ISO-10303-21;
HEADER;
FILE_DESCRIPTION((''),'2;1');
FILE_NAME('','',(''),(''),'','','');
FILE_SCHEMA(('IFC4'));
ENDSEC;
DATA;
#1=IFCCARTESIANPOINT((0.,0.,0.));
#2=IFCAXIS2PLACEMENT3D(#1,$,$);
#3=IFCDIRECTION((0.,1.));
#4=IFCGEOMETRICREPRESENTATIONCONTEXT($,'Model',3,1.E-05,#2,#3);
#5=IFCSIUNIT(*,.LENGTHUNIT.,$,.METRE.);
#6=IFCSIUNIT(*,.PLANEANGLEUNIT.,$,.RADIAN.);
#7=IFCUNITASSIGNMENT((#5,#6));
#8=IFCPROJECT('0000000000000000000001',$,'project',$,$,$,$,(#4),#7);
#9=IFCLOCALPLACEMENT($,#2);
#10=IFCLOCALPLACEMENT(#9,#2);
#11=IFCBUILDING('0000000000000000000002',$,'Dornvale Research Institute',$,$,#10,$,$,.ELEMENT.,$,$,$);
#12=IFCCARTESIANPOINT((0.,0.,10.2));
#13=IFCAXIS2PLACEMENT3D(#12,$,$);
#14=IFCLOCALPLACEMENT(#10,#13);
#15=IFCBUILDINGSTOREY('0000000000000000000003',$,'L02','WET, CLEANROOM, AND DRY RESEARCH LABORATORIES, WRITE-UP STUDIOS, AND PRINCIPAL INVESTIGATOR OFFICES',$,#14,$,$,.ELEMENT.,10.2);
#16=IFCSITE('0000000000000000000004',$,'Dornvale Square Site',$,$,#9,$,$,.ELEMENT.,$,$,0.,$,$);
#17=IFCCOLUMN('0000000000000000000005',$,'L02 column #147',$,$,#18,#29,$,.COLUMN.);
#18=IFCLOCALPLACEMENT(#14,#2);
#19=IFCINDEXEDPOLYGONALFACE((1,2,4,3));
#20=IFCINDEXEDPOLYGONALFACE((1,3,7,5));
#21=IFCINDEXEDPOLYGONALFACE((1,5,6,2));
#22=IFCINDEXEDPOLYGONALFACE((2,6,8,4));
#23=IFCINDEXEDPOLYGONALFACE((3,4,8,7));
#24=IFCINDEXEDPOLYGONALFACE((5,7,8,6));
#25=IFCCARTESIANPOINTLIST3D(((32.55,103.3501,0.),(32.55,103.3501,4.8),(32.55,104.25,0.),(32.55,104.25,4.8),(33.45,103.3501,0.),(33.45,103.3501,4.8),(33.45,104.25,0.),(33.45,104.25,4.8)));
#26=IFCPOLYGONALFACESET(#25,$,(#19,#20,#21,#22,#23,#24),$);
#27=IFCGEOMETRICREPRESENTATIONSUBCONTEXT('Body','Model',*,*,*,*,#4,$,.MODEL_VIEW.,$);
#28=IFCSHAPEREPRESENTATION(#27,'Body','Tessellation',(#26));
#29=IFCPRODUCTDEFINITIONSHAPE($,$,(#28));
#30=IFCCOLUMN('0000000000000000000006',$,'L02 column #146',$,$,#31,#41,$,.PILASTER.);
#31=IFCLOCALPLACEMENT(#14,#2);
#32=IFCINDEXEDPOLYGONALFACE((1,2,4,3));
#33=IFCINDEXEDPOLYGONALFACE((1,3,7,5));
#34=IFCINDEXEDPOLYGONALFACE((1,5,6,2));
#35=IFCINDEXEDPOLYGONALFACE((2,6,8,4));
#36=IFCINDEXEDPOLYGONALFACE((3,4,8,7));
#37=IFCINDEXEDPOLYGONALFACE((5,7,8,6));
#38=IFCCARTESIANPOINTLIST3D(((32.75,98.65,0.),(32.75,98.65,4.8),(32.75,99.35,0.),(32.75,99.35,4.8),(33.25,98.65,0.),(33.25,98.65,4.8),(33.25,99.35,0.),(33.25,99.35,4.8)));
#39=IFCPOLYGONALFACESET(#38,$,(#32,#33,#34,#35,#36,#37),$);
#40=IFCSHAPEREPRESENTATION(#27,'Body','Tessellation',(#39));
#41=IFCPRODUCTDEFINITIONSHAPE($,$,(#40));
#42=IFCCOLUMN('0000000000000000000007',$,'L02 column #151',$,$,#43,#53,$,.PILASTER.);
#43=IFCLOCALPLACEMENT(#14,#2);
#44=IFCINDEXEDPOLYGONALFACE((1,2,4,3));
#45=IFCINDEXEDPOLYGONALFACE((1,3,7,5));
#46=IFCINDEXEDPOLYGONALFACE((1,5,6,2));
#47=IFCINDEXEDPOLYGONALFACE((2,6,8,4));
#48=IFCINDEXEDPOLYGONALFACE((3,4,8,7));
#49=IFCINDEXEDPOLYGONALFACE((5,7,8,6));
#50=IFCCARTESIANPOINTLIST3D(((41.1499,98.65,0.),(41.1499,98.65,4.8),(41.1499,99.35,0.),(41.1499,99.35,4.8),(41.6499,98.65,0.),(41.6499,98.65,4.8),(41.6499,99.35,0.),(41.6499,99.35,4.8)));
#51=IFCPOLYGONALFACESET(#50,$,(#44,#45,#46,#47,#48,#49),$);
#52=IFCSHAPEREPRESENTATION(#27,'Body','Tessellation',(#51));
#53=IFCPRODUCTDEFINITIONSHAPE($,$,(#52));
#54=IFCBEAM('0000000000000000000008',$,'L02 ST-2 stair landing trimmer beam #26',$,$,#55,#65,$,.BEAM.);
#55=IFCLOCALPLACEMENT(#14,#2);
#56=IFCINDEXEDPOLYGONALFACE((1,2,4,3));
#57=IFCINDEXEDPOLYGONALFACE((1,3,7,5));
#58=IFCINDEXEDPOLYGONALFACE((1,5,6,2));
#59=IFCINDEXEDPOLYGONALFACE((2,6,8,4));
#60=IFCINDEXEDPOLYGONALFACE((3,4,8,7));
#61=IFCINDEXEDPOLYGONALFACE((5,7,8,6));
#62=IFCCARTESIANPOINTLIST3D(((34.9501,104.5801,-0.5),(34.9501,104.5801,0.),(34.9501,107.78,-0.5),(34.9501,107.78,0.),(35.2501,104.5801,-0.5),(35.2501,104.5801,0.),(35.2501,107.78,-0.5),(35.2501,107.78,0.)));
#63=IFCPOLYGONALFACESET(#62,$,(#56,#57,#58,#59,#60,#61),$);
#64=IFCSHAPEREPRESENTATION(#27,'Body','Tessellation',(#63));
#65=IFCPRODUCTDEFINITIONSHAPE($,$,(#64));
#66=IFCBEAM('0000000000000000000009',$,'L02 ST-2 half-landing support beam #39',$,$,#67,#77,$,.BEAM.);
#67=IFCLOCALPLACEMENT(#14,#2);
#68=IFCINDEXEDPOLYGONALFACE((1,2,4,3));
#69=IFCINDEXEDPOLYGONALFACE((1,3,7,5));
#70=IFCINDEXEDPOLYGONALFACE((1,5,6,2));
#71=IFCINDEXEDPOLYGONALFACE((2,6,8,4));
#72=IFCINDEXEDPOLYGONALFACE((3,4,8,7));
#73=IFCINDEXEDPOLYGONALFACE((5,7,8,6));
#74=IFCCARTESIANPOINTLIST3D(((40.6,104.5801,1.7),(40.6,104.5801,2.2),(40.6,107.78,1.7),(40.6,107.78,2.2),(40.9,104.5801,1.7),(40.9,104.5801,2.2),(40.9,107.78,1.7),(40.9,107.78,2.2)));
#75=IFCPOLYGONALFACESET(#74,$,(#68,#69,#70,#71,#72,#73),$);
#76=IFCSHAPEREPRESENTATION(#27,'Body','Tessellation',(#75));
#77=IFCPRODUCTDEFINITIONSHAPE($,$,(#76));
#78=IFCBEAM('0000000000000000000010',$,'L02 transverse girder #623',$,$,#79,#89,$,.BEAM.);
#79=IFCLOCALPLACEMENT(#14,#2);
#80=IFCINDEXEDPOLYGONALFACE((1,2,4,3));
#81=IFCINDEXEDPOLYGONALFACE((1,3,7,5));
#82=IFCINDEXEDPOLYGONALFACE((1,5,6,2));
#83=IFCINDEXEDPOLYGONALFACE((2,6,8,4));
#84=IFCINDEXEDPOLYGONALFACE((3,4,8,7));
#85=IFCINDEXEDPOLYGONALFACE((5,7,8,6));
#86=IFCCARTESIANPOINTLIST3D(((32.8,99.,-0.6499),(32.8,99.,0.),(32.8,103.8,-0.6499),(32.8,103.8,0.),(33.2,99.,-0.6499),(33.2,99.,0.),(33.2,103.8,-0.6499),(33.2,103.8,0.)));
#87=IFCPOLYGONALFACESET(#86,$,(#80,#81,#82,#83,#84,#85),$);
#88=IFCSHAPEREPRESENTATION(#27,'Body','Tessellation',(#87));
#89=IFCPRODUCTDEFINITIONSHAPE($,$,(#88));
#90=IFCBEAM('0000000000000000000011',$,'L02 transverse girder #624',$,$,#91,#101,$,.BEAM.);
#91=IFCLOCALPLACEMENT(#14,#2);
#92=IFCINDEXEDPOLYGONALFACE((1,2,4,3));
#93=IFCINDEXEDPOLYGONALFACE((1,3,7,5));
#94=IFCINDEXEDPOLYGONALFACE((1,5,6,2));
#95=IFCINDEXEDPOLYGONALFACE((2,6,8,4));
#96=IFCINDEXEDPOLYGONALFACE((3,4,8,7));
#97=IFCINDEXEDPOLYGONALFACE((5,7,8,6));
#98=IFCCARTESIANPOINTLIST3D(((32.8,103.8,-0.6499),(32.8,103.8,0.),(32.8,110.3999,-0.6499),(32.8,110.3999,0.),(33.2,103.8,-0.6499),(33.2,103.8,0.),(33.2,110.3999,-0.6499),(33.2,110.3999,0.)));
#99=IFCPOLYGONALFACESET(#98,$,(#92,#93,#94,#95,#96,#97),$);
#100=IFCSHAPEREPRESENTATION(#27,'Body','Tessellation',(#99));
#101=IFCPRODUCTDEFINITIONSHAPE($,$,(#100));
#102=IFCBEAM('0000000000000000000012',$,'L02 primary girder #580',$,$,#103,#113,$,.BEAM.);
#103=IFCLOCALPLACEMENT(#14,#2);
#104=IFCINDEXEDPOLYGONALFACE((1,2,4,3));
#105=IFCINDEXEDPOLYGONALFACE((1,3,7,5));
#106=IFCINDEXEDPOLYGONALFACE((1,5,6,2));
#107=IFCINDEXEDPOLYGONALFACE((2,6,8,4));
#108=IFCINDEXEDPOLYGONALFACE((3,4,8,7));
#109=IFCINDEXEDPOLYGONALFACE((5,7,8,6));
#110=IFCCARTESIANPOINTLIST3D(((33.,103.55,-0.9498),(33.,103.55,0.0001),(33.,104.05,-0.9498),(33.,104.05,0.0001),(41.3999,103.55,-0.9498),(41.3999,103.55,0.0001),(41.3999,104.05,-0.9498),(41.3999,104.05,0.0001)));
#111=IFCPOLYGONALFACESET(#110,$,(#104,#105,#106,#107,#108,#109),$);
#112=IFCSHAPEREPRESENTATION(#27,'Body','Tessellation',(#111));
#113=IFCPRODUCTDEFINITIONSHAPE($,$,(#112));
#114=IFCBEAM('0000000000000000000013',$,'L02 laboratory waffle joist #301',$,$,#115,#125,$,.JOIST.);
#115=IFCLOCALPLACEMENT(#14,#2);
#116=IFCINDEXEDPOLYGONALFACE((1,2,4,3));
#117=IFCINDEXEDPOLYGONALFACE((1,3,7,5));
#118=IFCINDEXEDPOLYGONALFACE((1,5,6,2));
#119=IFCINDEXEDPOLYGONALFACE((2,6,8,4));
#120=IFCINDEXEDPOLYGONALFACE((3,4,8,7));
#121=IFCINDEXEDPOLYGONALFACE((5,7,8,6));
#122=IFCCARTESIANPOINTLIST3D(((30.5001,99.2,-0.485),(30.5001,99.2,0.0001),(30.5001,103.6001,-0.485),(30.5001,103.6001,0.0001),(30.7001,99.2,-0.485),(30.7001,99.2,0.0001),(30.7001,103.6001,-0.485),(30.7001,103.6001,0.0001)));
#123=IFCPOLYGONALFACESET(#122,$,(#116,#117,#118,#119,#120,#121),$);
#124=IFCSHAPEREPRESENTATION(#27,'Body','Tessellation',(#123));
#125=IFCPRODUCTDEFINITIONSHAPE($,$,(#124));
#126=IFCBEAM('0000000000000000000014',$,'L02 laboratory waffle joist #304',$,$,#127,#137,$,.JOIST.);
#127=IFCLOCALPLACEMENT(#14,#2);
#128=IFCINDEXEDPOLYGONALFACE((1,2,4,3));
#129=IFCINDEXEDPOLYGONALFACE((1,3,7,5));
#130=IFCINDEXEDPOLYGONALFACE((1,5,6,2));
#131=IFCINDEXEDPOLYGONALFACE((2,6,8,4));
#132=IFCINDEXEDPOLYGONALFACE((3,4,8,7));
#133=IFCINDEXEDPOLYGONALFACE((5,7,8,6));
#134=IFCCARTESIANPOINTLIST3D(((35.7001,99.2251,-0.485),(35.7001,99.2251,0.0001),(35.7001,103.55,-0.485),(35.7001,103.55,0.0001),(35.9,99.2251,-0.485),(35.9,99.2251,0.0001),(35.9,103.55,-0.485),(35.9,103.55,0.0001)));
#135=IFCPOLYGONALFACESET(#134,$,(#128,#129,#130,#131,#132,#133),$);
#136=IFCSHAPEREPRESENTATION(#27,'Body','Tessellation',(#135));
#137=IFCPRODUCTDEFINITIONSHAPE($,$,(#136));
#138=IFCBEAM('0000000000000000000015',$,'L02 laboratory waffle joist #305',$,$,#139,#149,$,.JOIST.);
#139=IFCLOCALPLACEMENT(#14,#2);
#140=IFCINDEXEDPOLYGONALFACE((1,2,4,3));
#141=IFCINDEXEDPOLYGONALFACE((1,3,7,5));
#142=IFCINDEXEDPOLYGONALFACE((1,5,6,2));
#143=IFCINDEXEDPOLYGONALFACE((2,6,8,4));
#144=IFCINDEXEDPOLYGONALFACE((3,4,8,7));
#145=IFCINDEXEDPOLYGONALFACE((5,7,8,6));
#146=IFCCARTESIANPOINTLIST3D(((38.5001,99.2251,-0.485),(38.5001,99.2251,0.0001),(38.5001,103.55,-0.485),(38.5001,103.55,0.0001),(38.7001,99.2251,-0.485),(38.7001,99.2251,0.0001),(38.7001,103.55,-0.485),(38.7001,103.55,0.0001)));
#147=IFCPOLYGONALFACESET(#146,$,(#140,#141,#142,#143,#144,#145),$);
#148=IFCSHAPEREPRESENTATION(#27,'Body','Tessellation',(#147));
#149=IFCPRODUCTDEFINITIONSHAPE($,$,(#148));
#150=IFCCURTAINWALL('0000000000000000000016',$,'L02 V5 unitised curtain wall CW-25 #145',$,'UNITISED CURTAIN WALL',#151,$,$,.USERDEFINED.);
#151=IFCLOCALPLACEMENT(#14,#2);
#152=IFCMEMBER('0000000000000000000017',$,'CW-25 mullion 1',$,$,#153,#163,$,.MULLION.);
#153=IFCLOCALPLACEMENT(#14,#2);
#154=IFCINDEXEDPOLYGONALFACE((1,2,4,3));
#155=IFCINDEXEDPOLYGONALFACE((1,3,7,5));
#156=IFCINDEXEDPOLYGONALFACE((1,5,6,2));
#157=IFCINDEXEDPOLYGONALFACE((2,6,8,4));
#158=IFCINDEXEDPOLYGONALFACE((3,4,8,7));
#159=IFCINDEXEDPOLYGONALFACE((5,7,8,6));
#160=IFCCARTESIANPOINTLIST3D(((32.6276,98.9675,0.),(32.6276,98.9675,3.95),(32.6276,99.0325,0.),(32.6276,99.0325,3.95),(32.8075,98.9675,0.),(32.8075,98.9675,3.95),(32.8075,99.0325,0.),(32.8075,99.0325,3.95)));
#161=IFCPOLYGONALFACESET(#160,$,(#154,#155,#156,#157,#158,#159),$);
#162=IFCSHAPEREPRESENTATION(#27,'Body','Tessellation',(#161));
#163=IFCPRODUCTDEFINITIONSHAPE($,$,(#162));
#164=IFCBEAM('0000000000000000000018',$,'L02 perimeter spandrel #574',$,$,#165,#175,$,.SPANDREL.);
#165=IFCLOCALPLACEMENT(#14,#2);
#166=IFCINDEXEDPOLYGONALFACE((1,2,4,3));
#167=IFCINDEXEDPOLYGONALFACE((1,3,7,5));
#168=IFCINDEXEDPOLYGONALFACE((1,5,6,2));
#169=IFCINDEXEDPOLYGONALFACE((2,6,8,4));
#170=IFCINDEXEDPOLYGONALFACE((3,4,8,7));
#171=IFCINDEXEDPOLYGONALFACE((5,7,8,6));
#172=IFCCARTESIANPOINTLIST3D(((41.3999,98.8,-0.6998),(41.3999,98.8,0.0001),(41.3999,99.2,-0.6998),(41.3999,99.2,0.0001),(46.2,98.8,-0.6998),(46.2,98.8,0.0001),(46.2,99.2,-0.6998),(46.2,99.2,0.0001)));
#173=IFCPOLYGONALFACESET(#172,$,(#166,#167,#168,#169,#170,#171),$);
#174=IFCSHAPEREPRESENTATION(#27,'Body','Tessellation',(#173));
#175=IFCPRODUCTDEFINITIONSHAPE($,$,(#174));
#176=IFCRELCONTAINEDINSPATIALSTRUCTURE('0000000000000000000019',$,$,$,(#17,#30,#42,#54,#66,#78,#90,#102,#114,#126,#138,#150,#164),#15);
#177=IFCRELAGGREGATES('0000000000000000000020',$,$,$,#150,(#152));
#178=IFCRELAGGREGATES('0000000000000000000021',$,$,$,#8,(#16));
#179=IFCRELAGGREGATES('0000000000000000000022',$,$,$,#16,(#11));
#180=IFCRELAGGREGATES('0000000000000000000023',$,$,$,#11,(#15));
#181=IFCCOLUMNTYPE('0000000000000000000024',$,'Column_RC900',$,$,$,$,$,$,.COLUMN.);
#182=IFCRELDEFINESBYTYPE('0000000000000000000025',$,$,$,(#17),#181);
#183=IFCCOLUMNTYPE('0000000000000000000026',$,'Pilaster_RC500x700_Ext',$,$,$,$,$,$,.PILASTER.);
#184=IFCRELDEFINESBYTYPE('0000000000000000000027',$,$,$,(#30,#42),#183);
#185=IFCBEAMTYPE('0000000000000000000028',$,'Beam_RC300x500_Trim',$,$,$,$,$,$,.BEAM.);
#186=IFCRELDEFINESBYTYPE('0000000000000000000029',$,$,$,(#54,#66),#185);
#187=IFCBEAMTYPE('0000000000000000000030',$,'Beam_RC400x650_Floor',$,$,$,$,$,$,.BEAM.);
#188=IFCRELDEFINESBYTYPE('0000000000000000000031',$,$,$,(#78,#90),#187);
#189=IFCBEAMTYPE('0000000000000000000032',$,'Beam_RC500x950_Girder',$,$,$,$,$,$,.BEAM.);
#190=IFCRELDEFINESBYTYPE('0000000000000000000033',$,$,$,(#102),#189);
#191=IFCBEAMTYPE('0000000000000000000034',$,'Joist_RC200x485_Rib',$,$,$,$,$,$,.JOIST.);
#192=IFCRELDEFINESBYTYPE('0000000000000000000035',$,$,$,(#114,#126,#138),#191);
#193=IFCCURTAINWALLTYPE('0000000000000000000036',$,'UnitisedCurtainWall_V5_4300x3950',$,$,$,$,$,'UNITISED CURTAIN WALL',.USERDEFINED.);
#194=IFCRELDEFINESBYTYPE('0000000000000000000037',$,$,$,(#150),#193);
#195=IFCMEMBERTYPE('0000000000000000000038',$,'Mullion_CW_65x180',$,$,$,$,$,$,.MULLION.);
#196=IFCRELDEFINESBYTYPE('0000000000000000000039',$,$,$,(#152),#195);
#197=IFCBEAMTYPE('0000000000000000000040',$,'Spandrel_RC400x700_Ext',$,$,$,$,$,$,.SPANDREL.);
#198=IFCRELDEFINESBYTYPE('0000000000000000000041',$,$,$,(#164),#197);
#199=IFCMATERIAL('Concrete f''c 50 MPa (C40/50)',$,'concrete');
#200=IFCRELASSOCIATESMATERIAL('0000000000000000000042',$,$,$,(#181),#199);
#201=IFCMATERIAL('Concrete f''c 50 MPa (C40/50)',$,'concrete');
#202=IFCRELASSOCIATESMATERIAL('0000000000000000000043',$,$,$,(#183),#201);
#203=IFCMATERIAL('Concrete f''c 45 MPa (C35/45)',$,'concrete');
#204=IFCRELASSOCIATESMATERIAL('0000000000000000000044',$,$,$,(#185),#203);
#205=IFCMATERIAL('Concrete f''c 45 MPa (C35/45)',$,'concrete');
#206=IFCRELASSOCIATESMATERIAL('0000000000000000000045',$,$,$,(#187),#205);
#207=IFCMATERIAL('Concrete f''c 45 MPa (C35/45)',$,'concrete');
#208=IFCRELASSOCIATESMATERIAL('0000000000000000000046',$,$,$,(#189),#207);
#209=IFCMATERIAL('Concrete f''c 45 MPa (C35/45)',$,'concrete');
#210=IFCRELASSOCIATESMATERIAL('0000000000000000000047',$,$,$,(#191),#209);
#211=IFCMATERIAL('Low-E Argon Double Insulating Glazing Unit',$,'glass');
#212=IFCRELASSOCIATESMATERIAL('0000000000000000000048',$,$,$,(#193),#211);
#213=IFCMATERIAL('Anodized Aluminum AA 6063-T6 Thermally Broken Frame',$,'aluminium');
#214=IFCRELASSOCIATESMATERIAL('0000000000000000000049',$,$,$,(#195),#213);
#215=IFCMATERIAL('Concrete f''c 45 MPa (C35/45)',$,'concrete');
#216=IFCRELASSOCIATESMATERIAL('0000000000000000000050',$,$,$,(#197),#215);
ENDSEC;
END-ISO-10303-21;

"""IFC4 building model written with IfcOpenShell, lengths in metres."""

from ifc_helpers import new_model, si_unit, direction, frame, origin, origin_2d, place, context, subcontext, project, spatial, rectangle, extrude, material, material_profile, profile_set, type_object, element, aggregate, save


model = new_model("IFC4")

# Units and contexts
model_context = context("Model", 3, precision=1e-05, world=origin(), true_north=direction((0.0, 1.0)))
body_context = subcontext(model_context, "Body", "Model", "MODEL_VIEW")
ifc_project = project(units=[si_unit("LENGTHUNIT", "METRE"), si_unit("PLANEANGLEUNIT", "RADIAN")], contexts=[model_context])

# Site, building, storey
site_placement = place(None, origin())
site = spatial("IfcSite", under=ifc_project, at=site_placement, Name="Dornvale Square Site", CompositionType="ELEMENT", RefElevation=0.0)
building_placement = place(site_placement, origin())
building = spatial("IfcBuilding", under=site, at=building_placement, Name="Dornvale Research Institute", CompositionType="ELEMENT")
storey_placement = place(building_placement, frame((0.0, 0.0, 10.2)))
storey = spatial("IfcBuildingStorey", under=building, at=storey_placement, Name="L02", Description="WET, CLEANROOM, AND DRY RESEARCH LABORATORIES, WRITE-UP STUDIOS, AND PRINCIPAL INVESTIGATOR OFFICES", CompositionType="ELEMENT", Elevation=10.2)

# Columns
ifc_material_1 = material(Name="Concrete f'c 50 MPa (C40/50)", Category="concrete")
ifc_material_profile_1 = material_profile(ifc_material_1, rectangle(XDim=0.8999, YDim=0.8999, at=origin_2d()), Name="RC 900x900")
ifc_profile_set_1 = profile_set([ifc_material_profile_1], Name="Concrete f'c 50 MPa (C40/50)")
column_type_1 = type_object("IfcColumnType", Name="Column_RC900", PredefinedType="COLUMN", material=ifc_profile_set_1)
column_placement = place(storey_placement, frame((33.0, 103.8, 0.0), z_axis=(0.0, 0.0, 1.0), x_axis=(1.0, 0.0, 0.0)))
element("IfcColumn", 1, at=column_placement, inside=storey, type_object=column_type_1, Name="L02 column #147", PredefinedType="COLUMN", context=body_context, shape_type="SweptSolid", body=[
    extrude(rectangle(XDim=0.8999, YDim=0.8999, at=origin_2d()), origin(), (0.0, 0.0, 1.0), 4.8),
])
ifc_material_2 = material(Name="Concrete f'c 50 MPa (C40/50)", Category="concrete")
ifc_material_profile_2 = material_profile(ifc_material_2, rectangle(XDim=0.5, YDim=0.7, at=origin_2d()), Name="RC 500x700")
ifc_profile_set_2 = profile_set([ifc_material_profile_2], Name="Concrete f'c 50 MPa (C40/50)")
column_type_2 = type_object("IfcColumnType", Name="Pilaster_RC500x700_Ext", PredefinedType="PILASTER", material=ifc_profile_set_2)
for number, where, z_axis, x_axis, name in (
    (2, (33.0, 99.0, 0.0), (0.0, 0.0, 1.0), (1.0, 0.0, 0.0), "L02 column #146"),
    (3, (41.3999, 99.0, 0.0), (0.0, 0.0, 1.0), (1.0, 0.0, 0.0), "L02 column #151"),
):
    element("IfcColumn", number, at=place(storey_placement, frame(where, z_axis=z_axis, x_axis=x_axis)), inside=storey, type_object=column_type_2, Name=name, PredefinedType="PILASTER", context=body_context, shape_type="SweptSolid", body=[
        extrude(rectangle(XDim=0.5, YDim=0.7, at=origin_2d()), origin(), (0.0, 0.0, 1.0), 4.8),
    ])

# Beams
ifc_material_3 = material(Name="Concrete f'c 45 MPa (C35/45)", Category="concrete")
ifc_material_profile_3 = material_profile(ifc_material_3, rectangle(XDim=0.3, YDim=0.5, at=origin_2d()), Name="RC 300x500")
ifc_profile_set_3 = profile_set([ifc_material_profile_3], Name="Concrete f'c 45 MPa (C35/45)")
beam_type_1 = type_object("IfcBeamType", Name="Beam_RC300x500_Trim", PredefinedType="BEAM", material=ifc_profile_set_3)
for number, where, z_axis, x_axis, name in (
    (4, (35.1001, 104.5801, -0.25), (0.0, 1.0, 0.0), (-1.0, 0.0, 0.0), "L02 ST-2 stair landing trimmer beam #26"),
    (5, (40.75, 104.5801, 1.95), (0.0, 1.0, 0.0), (-1.0, 0.0, 0.0), "L02 ST-2 half-landing support beam #39"),
):
    element("IfcBeam", number, at=place(storey_placement, frame(where, z_axis=z_axis, x_axis=x_axis)), inside=storey, type_object=beam_type_1, Name=name, PredefinedType="BEAM", context=body_context, shape_type="SweptSolid", body=[
        extrude(rectangle(XDim=0.3, YDim=0.5, at=origin_2d()), origin(), (0.0, 0.0, 1.0), 3.2),
    ])
ifc_material_4 = material(Name="Concrete f'c 45 MPa (C35/45)", Category="concrete")
ifc_material_profile_4 = material_profile(ifc_material_4, rectangle(XDim=0.3999, YDim=0.6499, at=origin_2d()), Name="RC 400x650")
ifc_profile_set_4 = profile_set([ifc_material_profile_4], Name="Concrete f'c 45 MPa (C35/45)")
beam_type_2 = type_object("IfcBeamType", Name="Beam_RC400x650_Floor", PredefinedType="BEAM", material=ifc_profile_set_4)
beam_1_placement = place(storey_placement, frame((33.0, 99.0, -0.325), z_axis=(0.0, 1.0, 0.0), x_axis=(-1.0, 0.0, 0.0)))
element("IfcBeam", 6, at=beam_1_placement, inside=storey, type_object=beam_type_2, Name="L02 transverse girder #623", PredefinedType="BEAM", context=body_context, shape_type="SweptSolid", body=[
    extrude(rectangle(XDim=0.3999, YDim=0.6499, at=origin_2d()), origin(), (0.0, 0.0, 1.0), 4.8),
])
beam_2_placement = place(storey_placement, frame((33.0, 103.8, -0.325), z_axis=(0.0, 1.0, 0.0), x_axis=(-1.0, 0.0, 0.0)))
element("IfcBeam", 7, at=beam_2_placement, inside=storey, type_object=beam_type_2, Name="L02 transverse girder #624", PredefinedType="BEAM", context=body_context, shape_type="SweptSolid", body=[
    extrude(rectangle(XDim=0.3999, YDim=0.6499, at=origin_2d()), origin(), (0.0, 0.0, 1.0), 6.5999),
])
ifc_material_5 = material(Name="Concrete f'c 45 MPa (C35/45)", Category="concrete")
ifc_material_profile_5 = material_profile(ifc_material_5, rectangle(XDim=0.5, YDim=0.95, at=origin_2d()), Name="RC 500x950")
ifc_profile_set_5 = profile_set([ifc_material_profile_5], Name="Concrete f'c 45 MPa (C35/45)")
beam_type_3 = type_object("IfcBeamType", Name="Beam_RC500x950_Girder", PredefinedType="BEAM", material=ifc_profile_set_5)
beam_3_placement = place(storey_placement, frame((33.0, 103.8, -0.4749), z_axis=(1.0, 0.0, 0.0), x_axis=(0.0, 1.0, 0.0)))
element("IfcBeam", 8, at=beam_3_placement, inside=storey, type_object=beam_type_3, Name="L02 primary girder #580", PredefinedType="BEAM", context=body_context, shape_type="SweptSolid", body=[
    extrude(rectangle(XDim=0.5, YDim=0.95, at=origin_2d()), origin(), (0.0, 0.0, 1.0), 8.3999),
])
ifc_material_6 = material(Name="Concrete f'c 45 MPa (C35/45)", Category="concrete")
ifc_material_profile_6 = material_profile(ifc_material_6, rectangle(XDim=0.2, YDim=0.4851, at=origin_2d()), Name="RC 200x485")
ifc_profile_set_6 = profile_set([ifc_material_profile_6], Name="Concrete f'c 45 MPa (C35/45)")
beam_type_4 = type_object("IfcBeamType", Name="Joist_RC200x485_Rib", PredefinedType="JOIST", material=ifc_profile_set_6)
beam_4_placement = place(storey_placement, frame((30.6001, 99.2, -0.2424), z_axis=(0.0, 1.0, 0.0), x_axis=(-1.0, 0.0, 0.0)))
element("IfcBeam", 9, at=beam_4_placement, inside=storey, type_object=beam_type_4, Name="L02 laboratory waffle joist #301", PredefinedType="JOIST", context=body_context, shape_type="SweptSolid", body=[
    extrude(rectangle(XDim=0.2, YDim=0.4851, at=origin_2d()), origin(), (0.0, 0.0, 1.0), 4.4001),
])
for number, where, z_axis, x_axis, name in (
    (10, (35.8, 99.2251, -0.2424), (0.0, 1.0, 0.0), (-1.0, 0.0, 0.0), "L02 laboratory waffle joist #304"),
    (11, (38.6001, 99.2251, -0.2424), (0.0, 1.0, 0.0), (-1.0, 0.0, 0.0), "L02 laboratory waffle joist #305"),
):
    element("IfcBeam", number, at=place(storey_placement, frame(where, z_axis=z_axis, x_axis=x_axis)), inside=storey, type_object=beam_type_4, Name=name, PredefinedType="JOIST", context=body_context, shape_type="SweptSolid", body=[
        extrude(rectangle(XDim=0.2, YDim=0.4851, at=origin_2d()), origin(), (0.0, 0.0, 1.0), 4.325),
    ])

# Curtain wall, member
ifc_material_7 = material(Name="Low-E Argon Double Insulating Glazing Unit", Category="glass")
curtain_wall_type = type_object("IfcCurtainWallType", Name="UnitisedCurtainWall_V5_4300x3950", ElementType="UNITISED CURTAIN WALL", PredefinedType="USERDEFINED", material=ifc_material_7)
curtain_wall_placement = place(storey_placement, origin())
curtain_wall = element("IfcCurtainWall", 12, at=curtain_wall_placement, inside=storey, type_object=curtain_wall_type, Name="L02 V5 unitised curtain wall CW-25 #145", ObjectType="UNITISED CURTAIN WALL", PredefinedType="USERDEFINED")
ifc_material_8 = material(Name="Anodized Aluminum AA 6063-T6 Thermally Broken Frame", Category="aluminium")
ifc_material_profile_7 = material_profile(ifc_material_8, rectangle(XDim=0.0649, YDim=0.1799, at=origin_2d()), Name="ALU MULLION 65x180")
ifc_profile_set_7 = profile_set([ifc_material_profile_7], Name="Anodized Aluminum AA 6063-T6 Thermally Broken Frame")
member_type_1 = type_object("IfcMemberType", Name="Mullion_CW_65x180", PredefinedType="MULLION", material=ifc_profile_set_7)
member_1_placement = place(storey_placement, frame((32.7175, 99.0, 0.0), z_axis=(0.0, 0.0, 1.0), x_axis=(0.0, -1.0, 0.0)))
member_1 = element("IfcMember", 13, at=member_1_placement, type_object=member_type_1, Name="CW-25 mullion 1", PredefinedType="MULLION", context=body_context, shape_type="SweptSolid", body=[
    extrude(rectangle(XDim=0.0649, YDim=0.1799, at=origin_2d()), origin(), (0.0, 0.0, 1.0), 3.95),
])

# Beam
ifc_material_9 = material(Name="Concrete f'c 45 MPa (C35/45)", Category="concrete")
ifc_material_profile_8 = material_profile(ifc_material_9, rectangle(XDim=0.3999, YDim=0.7, at=origin_2d()), Name="RC 400x700")
ifc_profile_set_8 = profile_set([ifc_material_profile_8], Name="Concrete f'c 45 MPa (C35/45)")
beam_type_5 = type_object("IfcBeamType", Name="Spandrel_RC400x700_Ext", PredefinedType="SPANDREL", material=ifc_profile_set_8)
beam_5_placement = place(storey_placement, frame((41.3999, 99.0, -0.3499), z_axis=(1.0, 0.0, 0.0), x_axis=(0.0, 1.0, 0.0)))
element("IfcBeam", 14, at=beam_5_placement, inside=storey, type_object=beam_type_5, Name="L02 perimeter spandrel #574", PredefinedType="SPANDREL", context=body_context, shape_type="SweptSolid", body=[
    extrude(rectangle(XDim=0.3999, YDim=0.7, at=origin_2d()), origin(), (0.0, 0.0, 1.0), 4.8),
])

aggregate(curtain_wall, [member_1])

save(model, "model.ifc")
